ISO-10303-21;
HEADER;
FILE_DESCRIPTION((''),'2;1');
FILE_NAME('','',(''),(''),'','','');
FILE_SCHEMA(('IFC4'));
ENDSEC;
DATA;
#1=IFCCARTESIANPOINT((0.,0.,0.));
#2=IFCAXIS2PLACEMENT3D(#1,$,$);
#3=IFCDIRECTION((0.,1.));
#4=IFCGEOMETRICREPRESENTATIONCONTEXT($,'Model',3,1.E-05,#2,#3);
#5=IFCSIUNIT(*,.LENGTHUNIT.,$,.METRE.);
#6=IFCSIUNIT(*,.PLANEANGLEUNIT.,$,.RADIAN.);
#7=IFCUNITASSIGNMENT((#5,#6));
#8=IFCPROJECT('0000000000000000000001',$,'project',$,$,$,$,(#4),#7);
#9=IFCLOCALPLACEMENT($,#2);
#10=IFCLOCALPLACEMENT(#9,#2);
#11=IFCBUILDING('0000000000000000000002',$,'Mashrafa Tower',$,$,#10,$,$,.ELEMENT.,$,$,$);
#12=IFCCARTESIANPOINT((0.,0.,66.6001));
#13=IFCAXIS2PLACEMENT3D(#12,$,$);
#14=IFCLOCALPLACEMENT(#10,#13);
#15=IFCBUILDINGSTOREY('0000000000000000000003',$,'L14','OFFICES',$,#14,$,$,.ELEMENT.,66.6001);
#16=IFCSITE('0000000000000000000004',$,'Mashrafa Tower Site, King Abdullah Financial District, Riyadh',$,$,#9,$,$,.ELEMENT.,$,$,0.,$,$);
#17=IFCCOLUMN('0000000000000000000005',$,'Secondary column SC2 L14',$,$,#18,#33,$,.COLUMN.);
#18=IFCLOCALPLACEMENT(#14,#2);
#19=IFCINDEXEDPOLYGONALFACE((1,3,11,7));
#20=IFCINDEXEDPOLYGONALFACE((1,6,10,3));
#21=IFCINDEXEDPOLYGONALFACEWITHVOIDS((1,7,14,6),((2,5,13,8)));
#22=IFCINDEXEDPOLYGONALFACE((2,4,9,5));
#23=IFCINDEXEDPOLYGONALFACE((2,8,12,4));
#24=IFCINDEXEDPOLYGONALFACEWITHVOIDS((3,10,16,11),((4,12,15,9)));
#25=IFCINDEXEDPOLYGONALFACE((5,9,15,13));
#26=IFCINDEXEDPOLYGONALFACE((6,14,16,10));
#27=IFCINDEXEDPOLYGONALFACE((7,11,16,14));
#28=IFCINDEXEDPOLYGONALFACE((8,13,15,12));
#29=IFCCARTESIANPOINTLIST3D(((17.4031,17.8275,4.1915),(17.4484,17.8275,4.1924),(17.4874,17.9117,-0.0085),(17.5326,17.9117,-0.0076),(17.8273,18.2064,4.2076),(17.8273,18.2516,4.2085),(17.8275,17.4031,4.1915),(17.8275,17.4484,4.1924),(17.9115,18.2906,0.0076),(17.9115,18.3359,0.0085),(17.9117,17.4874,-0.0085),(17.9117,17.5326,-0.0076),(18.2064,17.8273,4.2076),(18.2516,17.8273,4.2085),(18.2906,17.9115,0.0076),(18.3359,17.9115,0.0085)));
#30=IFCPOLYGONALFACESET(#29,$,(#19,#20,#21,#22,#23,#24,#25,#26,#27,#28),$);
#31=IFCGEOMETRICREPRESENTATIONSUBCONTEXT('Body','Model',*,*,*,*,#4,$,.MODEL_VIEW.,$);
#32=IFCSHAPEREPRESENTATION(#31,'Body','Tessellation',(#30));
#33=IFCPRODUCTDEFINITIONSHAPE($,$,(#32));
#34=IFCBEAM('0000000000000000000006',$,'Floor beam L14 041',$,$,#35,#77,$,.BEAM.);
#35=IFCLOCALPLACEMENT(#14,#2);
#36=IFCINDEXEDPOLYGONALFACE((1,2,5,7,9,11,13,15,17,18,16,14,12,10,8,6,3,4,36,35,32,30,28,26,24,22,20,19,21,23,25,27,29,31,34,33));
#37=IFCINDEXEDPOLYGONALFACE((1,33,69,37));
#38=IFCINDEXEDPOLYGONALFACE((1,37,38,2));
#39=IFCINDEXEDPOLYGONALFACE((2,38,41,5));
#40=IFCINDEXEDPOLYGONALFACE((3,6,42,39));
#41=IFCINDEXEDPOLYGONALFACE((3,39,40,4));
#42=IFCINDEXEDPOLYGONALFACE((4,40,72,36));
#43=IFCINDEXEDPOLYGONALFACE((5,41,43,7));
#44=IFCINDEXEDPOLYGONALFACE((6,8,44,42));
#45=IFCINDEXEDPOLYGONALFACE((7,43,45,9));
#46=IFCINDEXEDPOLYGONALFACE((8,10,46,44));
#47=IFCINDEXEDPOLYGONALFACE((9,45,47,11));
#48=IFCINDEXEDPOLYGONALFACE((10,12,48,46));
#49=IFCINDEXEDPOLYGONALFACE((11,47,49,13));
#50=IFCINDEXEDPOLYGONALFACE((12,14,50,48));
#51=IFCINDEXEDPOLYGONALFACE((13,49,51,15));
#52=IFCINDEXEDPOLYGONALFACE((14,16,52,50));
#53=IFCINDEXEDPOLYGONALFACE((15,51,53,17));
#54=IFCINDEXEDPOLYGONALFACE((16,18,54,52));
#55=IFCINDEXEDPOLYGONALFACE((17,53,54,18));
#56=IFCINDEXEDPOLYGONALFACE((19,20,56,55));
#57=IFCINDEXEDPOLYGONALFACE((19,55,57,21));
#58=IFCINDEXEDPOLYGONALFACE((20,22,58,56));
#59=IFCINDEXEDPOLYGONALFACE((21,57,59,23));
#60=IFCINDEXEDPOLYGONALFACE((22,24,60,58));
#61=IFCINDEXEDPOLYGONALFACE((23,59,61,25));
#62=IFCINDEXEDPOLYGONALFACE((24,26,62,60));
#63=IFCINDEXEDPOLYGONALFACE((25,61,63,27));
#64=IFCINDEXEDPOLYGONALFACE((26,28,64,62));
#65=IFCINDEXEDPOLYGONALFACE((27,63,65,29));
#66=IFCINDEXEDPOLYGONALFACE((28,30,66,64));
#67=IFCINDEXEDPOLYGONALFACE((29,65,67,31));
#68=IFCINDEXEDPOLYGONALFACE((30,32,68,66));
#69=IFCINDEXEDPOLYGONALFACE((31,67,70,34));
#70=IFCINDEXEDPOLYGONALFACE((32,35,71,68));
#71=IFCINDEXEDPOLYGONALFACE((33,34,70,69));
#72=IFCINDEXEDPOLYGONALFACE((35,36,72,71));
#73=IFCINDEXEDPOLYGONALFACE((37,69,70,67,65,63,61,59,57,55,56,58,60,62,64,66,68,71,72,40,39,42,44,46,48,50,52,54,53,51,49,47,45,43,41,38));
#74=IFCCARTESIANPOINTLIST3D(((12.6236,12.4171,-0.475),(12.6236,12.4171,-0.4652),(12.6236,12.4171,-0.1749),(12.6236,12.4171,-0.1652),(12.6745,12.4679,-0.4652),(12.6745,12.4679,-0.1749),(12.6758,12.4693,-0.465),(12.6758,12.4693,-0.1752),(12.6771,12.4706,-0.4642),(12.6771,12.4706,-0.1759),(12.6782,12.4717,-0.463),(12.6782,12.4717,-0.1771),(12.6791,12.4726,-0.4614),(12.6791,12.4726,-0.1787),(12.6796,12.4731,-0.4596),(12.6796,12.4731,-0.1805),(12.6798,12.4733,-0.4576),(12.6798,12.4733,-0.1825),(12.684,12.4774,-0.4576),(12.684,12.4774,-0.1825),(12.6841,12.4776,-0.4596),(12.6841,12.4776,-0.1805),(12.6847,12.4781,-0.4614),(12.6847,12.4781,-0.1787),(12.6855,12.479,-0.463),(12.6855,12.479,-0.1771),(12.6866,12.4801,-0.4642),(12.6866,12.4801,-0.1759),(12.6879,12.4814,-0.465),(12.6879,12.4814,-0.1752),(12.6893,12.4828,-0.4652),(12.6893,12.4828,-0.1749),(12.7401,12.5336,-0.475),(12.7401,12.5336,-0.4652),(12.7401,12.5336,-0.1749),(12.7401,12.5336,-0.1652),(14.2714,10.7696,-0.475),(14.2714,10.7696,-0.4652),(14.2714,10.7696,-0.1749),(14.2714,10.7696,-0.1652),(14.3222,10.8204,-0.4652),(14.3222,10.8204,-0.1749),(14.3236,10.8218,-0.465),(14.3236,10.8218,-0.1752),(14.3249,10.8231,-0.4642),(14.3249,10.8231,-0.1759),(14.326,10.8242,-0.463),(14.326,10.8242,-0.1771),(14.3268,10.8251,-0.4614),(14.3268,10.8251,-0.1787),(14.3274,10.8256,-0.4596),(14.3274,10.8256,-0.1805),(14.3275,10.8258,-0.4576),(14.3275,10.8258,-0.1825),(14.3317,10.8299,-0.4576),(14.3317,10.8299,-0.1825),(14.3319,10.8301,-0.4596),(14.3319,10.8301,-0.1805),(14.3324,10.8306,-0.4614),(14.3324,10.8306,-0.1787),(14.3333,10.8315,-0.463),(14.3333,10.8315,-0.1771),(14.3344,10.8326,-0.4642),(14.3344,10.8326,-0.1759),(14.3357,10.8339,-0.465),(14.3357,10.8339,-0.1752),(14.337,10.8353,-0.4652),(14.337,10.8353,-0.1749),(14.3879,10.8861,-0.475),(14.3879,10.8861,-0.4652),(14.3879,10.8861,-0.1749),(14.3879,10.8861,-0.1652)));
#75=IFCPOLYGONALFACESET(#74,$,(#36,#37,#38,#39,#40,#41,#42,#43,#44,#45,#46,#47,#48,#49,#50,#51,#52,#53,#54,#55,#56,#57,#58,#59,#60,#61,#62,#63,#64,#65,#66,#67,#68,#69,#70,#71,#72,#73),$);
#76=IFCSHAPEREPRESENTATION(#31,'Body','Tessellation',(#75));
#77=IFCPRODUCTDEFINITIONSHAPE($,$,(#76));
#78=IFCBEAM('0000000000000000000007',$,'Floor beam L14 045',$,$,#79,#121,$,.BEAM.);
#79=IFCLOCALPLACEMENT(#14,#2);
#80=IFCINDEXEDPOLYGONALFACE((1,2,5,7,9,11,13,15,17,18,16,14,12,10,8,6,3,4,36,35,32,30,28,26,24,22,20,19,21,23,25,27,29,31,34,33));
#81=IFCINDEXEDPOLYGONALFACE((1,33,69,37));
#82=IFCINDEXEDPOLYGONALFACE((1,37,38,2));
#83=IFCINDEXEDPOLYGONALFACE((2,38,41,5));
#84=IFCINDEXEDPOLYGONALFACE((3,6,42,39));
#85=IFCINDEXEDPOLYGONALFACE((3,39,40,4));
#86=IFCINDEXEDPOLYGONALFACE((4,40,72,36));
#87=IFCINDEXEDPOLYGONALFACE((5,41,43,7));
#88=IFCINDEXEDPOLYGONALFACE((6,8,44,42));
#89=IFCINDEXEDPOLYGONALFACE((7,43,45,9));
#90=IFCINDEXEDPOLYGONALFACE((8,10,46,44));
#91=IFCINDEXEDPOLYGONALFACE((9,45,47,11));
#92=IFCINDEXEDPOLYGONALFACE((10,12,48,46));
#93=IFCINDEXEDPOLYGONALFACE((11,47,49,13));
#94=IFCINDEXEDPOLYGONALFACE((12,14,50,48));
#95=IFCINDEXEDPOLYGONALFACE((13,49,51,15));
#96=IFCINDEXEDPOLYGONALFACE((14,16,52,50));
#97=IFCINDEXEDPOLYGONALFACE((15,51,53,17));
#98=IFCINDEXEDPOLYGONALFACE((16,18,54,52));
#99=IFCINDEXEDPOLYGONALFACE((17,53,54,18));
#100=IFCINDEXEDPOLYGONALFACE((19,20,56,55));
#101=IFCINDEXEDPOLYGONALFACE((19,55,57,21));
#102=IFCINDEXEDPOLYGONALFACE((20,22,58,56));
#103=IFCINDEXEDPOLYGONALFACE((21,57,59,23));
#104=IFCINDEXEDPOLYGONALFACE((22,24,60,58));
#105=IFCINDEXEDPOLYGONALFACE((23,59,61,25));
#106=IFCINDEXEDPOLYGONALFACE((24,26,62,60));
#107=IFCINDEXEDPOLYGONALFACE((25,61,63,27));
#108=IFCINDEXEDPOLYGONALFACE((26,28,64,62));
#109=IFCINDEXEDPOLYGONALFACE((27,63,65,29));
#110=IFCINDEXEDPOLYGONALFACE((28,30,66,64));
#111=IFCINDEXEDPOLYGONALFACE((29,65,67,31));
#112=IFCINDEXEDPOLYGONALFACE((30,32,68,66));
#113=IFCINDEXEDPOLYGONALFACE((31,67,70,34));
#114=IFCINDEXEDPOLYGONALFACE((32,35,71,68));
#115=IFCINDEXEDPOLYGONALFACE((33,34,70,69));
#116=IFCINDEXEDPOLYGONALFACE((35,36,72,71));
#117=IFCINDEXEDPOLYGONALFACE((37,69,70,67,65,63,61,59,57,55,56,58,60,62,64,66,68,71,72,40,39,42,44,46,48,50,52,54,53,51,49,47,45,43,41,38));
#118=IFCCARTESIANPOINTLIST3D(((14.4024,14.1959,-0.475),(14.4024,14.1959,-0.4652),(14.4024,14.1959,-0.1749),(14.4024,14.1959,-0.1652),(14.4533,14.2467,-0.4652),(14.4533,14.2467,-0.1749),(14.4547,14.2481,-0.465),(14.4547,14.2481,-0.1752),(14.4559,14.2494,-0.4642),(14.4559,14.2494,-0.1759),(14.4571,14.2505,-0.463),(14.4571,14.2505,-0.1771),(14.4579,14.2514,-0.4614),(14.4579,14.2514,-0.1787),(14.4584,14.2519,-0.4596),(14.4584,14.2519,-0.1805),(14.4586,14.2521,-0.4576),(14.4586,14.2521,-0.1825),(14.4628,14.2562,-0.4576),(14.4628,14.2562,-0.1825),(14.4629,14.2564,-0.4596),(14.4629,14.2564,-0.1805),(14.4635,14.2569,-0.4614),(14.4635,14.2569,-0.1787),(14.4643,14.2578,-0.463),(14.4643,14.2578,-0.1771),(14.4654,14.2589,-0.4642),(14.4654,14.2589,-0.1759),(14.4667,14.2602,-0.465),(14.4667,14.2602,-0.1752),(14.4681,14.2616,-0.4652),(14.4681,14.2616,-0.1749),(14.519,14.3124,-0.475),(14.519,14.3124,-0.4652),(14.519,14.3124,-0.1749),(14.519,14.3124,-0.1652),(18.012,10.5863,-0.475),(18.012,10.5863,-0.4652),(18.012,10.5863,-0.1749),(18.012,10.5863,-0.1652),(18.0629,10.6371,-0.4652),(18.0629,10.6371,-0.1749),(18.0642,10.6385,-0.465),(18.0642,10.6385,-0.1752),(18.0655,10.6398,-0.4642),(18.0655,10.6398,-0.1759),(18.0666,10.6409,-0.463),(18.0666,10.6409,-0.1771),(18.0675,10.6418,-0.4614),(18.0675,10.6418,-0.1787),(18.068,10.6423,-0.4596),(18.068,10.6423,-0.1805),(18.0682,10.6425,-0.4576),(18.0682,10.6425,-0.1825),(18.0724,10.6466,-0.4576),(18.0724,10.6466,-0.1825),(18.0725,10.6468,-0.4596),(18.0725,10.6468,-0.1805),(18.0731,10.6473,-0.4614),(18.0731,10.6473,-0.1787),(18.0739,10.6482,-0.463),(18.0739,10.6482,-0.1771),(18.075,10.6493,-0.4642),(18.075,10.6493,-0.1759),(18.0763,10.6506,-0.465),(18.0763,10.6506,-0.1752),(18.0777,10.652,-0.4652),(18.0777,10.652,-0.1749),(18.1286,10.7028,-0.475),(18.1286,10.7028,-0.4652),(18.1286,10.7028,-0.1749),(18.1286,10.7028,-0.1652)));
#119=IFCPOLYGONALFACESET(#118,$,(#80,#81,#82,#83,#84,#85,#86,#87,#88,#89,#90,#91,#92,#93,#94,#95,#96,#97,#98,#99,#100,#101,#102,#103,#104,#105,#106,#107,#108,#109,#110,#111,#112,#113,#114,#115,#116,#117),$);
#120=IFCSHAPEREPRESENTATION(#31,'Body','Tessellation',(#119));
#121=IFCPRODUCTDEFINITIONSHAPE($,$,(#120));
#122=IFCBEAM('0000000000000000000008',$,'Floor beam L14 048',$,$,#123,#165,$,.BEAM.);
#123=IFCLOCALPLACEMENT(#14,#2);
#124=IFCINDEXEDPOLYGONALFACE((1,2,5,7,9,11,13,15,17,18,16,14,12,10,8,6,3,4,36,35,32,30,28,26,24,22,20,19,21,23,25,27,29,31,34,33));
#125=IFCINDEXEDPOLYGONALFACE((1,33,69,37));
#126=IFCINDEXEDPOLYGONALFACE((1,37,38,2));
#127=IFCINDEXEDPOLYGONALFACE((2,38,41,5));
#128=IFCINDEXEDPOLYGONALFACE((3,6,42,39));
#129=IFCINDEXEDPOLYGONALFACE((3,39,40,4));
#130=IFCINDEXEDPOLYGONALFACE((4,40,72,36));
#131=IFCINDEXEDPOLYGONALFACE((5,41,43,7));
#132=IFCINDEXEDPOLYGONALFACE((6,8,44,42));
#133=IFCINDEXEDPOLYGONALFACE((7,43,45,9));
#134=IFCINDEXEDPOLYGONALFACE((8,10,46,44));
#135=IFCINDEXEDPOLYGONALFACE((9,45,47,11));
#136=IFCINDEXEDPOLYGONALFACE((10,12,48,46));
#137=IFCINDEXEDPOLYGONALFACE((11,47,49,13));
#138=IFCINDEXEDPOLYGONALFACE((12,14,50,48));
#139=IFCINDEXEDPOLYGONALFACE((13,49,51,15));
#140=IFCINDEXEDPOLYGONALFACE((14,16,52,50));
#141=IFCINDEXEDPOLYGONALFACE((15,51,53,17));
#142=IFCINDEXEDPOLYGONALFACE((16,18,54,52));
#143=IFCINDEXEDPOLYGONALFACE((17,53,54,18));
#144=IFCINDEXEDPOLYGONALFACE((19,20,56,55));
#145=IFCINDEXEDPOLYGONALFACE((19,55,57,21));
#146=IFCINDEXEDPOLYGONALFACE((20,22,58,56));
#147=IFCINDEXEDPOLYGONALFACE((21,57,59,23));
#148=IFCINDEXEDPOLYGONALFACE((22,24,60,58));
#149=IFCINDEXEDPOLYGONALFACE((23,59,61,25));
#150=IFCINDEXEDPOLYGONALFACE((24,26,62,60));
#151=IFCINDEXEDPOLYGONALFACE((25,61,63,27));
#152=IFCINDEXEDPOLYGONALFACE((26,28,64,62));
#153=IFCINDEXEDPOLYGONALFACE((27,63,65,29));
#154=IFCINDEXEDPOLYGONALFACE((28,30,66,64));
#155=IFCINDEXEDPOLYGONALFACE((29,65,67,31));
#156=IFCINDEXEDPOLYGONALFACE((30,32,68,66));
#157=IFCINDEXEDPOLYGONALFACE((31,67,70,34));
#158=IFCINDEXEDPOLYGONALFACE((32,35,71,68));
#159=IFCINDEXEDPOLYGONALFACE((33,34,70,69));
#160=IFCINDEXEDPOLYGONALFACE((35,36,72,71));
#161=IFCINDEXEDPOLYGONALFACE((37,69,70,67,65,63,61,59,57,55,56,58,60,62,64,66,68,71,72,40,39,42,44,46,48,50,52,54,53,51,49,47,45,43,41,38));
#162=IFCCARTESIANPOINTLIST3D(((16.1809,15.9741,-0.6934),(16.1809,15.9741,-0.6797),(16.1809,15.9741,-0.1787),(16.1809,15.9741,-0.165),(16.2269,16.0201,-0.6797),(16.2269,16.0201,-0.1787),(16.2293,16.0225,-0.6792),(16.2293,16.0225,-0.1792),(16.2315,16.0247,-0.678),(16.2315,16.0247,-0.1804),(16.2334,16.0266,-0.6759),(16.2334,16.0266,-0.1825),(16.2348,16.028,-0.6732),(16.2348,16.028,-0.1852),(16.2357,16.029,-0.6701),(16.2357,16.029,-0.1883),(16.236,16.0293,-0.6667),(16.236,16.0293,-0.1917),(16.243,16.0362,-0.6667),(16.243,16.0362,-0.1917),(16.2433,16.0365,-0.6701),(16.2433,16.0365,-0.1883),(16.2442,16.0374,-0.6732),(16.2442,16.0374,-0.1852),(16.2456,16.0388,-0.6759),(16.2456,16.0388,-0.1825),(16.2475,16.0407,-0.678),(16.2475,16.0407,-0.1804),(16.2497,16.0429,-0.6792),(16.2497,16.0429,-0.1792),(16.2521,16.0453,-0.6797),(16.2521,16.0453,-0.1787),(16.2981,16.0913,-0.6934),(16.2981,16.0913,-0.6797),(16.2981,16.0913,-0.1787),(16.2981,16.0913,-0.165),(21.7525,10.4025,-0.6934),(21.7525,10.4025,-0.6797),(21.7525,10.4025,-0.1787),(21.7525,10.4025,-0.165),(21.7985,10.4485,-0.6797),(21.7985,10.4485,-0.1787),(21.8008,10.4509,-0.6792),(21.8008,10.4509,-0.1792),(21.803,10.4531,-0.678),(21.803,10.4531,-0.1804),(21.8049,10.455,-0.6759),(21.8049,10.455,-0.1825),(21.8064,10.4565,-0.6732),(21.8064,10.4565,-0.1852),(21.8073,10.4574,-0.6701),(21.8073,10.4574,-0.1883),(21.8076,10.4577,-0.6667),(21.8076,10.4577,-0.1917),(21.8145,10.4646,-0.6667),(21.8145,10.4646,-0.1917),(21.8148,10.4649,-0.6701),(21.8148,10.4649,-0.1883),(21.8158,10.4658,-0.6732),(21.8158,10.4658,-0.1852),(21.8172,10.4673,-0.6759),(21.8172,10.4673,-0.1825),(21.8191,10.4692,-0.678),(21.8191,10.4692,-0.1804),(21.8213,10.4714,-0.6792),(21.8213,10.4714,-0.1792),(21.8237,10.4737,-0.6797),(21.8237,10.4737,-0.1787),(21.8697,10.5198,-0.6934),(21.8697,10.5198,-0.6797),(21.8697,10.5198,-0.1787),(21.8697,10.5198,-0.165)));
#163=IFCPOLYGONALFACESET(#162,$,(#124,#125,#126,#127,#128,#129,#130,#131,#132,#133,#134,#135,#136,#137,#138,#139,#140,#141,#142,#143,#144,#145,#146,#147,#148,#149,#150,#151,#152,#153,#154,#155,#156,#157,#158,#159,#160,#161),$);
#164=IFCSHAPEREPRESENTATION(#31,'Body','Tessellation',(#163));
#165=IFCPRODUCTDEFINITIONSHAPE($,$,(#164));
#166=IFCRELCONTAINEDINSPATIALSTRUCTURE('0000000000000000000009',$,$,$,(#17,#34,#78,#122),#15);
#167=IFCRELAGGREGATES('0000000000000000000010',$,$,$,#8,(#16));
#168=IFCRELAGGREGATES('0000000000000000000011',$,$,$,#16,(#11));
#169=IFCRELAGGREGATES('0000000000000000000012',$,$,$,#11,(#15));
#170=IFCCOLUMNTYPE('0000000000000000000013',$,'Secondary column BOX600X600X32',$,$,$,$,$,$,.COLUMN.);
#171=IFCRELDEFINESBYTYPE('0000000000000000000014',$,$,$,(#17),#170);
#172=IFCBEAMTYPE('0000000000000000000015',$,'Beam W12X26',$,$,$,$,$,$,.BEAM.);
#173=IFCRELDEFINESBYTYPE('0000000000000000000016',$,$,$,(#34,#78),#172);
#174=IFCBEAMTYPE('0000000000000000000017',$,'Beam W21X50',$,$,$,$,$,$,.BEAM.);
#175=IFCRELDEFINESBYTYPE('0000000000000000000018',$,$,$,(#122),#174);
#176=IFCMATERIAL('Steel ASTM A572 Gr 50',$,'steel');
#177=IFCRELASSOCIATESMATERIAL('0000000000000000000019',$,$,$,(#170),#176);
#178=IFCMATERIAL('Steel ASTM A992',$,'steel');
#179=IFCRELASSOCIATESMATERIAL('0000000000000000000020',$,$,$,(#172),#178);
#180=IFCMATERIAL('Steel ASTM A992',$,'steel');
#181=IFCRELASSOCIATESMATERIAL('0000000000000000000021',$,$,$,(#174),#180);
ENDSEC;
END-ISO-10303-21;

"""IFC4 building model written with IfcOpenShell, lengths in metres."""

from ifc_helpers import new_model, si_unit, direction, frame, origin, origin_2d, place, context, subcontext, project, spatial, hollow_rectangle, i_section, extrude, material, material_profile, profile_set, type_object, element, save


model = new_model("IFC4")

# Units and contexts
model_context = context("Model", 3, precision=1e-05, world=origin(), true_north=direction((0.0, 1.0)))
body_context = subcontext(model_context, "Body", "Model", "MODEL_VIEW")
ifc_project = project(units=[si_unit("LENGTHUNIT", "METRE"), si_unit("PLANEANGLEUNIT", "RADIAN")], contexts=[model_context])

# Site, building, storey
site_placement = place(None, origin())
site = spatial("IfcSite", under=ifc_project, at=site_placement, Name="Mashrafa Tower Site, King Abdullah Financial District, Riyadh", CompositionType="ELEMENT", RefElevation=0.0)
building_placement = place(site_placement, origin())
building = spatial("IfcBuilding", under=site, at=building_placement, Name="Mashrafa Tower", CompositionType="ELEMENT")
storey_placement = place(building_placement, frame((0.0, 0.0, 66.6001)))
storey = spatial("IfcBuildingStorey", under=building, at=storey_placement, Name="L14", Description="OFFICES", CompositionType="ELEMENT", Elevation=66.6001)

# Column
ifc_material_1 = material(Name="Steel ASTM A572 Gr 50", Category="steel")
ifc_material_profile_1 = material_profile(ifc_material_1, hollow_rectangle(XDim=0.6001, YDim=0.6001, WallThickness=0.032, at=origin_2d()), Name="BOX600X600X32")
ifc_profile_set_1 = profile_set([ifc_material_profile_1], Name="Steel ASTM A572 Gr 50")
column_type = type_object("IfcColumnType", Name="Secondary column BOX600X600X32", PredefinedType="COLUMN", material=ifc_profile_set_1)
column_placement = place(storey_placement, frame((17.9116, 17.9116, 0.0), z_axis=(-0.020047, -0.020047, 0.999598), x_axis=(0.707107, -0.707107, 0.0)))
element("IfcColumn", 1, at=column_placement, inside=storey, type_object=column_type, Name="Secondary column SC2 L14", PredefinedType="COLUMN", context=body_context, shape_type="SweptSolid", body=[
    extrude(hollow_rectangle(XDim=0.6001, YDim=0.6001, WallThickness=0.032, at=origin_2d()), origin(), (0.0, 0.0, 1.0), 4.2017),
])

# Beams
ifc_material_2 = material(Name="Steel ASTM A992", Category="steel")
ifc_material_profile_2 = material_profile(ifc_material_2, i_section(OverallWidth=0.1648, OverallDepth=0.3098, WebThickness=0.0059, FlangeThickness=0.0098, FilletRadius=0.0076, at=origin_2d()), Name="W12X26")
ifc_profile_set_2 = profile_set([ifc_material_profile_2], Name="Steel ASTM A992")
beam_type_1 = type_object("IfcBeamType", Name="Beam W12X26", PredefinedType="BEAM", material=ifc_profile_set_2)
beam_1_placement = place(storey_placement, frame((12.6819, 12.4753, -0.3201), z_axis=(0.707159, -0.707054, 0.0), x_axis=(0.707054, 0.707159, 0.0)))
element("IfcBeam", 2, at=beam_1_placement, inside=storey, type_object=beam_type_1, Name="Floor beam L14 041", PredefinedType="BEAM", context=body_context, shape_type="SweptSolid", body=[
    extrude(i_section(OverallWidth=0.1648, OverallDepth=0.3098, WebThickness=0.0059, FlangeThickness=0.0098, FilletRadius=0.0076, at=origin_2d()), origin(), (0.0, 0.0, 1.0), 2.3301),
])
beam_2_placement = place(storey_placement, frame((14.4607, 14.2542, -0.3201), z_axis=(0.707107, -0.707107, 0.0), x_axis=(0.707107, 0.707107, 0.0)))
element("IfcBeam", 3, at=beam_2_placement, inside=storey, type_object=beam_type_1, Name="Floor beam L14 045", PredefinedType="BEAM", context=body_context, shape_type="SweptSolid", body=[
    extrude(i_section(OverallWidth=0.1648, OverallDepth=0.3098, WebThickness=0.0059, FlangeThickness=0.0098, FilletRadius=0.0076, at=origin_2d()), origin(), (0.0, 0.0, 1.0), 5.1047),
])
ifc_material_3 = material(Name="Steel ASTM A992", Category="steel")
ifc_material_profile_3 = material_profile(ifc_material_3, i_section(OverallWidth=0.1658, OverallDepth=0.5283, WebThickness=0.0098, FlangeThickness=0.0137, FilletRadius=0.0129, at=origin_2d()), Name="W21X50")
ifc_profile_set_3 = profile_set([ifc_material_profile_3], Name="Steel ASTM A992")
beam_type_2 = type_object("IfcBeamType", Name="Beam W21X50", PredefinedType="BEAM", material=ifc_profile_set_3)
beam_3_placement = place(storey_placement, frame((16.2395, 16.0327, -0.4292), z_axis=(0.707107, -0.707107, 0.0), x_axis=(0.707107, 0.707107, 0.0)))
element("IfcBeam", 4, at=beam_3_placement, inside=storey, type_object=beam_type_2, Name="Floor beam L14 048", PredefinedType="BEAM", context=body_context, shape_type="SweptSolid", body=[
    extrude(i_section(OverallWidth=0.1658, OverallDepth=0.5283, WebThickness=0.0098, FlangeThickness=0.0137, FilletRadius=0.0129, at=origin_2d()), origin(), (0.0, 0.0, 1.0), 7.8794),
])

save(model, "model.ifc")
